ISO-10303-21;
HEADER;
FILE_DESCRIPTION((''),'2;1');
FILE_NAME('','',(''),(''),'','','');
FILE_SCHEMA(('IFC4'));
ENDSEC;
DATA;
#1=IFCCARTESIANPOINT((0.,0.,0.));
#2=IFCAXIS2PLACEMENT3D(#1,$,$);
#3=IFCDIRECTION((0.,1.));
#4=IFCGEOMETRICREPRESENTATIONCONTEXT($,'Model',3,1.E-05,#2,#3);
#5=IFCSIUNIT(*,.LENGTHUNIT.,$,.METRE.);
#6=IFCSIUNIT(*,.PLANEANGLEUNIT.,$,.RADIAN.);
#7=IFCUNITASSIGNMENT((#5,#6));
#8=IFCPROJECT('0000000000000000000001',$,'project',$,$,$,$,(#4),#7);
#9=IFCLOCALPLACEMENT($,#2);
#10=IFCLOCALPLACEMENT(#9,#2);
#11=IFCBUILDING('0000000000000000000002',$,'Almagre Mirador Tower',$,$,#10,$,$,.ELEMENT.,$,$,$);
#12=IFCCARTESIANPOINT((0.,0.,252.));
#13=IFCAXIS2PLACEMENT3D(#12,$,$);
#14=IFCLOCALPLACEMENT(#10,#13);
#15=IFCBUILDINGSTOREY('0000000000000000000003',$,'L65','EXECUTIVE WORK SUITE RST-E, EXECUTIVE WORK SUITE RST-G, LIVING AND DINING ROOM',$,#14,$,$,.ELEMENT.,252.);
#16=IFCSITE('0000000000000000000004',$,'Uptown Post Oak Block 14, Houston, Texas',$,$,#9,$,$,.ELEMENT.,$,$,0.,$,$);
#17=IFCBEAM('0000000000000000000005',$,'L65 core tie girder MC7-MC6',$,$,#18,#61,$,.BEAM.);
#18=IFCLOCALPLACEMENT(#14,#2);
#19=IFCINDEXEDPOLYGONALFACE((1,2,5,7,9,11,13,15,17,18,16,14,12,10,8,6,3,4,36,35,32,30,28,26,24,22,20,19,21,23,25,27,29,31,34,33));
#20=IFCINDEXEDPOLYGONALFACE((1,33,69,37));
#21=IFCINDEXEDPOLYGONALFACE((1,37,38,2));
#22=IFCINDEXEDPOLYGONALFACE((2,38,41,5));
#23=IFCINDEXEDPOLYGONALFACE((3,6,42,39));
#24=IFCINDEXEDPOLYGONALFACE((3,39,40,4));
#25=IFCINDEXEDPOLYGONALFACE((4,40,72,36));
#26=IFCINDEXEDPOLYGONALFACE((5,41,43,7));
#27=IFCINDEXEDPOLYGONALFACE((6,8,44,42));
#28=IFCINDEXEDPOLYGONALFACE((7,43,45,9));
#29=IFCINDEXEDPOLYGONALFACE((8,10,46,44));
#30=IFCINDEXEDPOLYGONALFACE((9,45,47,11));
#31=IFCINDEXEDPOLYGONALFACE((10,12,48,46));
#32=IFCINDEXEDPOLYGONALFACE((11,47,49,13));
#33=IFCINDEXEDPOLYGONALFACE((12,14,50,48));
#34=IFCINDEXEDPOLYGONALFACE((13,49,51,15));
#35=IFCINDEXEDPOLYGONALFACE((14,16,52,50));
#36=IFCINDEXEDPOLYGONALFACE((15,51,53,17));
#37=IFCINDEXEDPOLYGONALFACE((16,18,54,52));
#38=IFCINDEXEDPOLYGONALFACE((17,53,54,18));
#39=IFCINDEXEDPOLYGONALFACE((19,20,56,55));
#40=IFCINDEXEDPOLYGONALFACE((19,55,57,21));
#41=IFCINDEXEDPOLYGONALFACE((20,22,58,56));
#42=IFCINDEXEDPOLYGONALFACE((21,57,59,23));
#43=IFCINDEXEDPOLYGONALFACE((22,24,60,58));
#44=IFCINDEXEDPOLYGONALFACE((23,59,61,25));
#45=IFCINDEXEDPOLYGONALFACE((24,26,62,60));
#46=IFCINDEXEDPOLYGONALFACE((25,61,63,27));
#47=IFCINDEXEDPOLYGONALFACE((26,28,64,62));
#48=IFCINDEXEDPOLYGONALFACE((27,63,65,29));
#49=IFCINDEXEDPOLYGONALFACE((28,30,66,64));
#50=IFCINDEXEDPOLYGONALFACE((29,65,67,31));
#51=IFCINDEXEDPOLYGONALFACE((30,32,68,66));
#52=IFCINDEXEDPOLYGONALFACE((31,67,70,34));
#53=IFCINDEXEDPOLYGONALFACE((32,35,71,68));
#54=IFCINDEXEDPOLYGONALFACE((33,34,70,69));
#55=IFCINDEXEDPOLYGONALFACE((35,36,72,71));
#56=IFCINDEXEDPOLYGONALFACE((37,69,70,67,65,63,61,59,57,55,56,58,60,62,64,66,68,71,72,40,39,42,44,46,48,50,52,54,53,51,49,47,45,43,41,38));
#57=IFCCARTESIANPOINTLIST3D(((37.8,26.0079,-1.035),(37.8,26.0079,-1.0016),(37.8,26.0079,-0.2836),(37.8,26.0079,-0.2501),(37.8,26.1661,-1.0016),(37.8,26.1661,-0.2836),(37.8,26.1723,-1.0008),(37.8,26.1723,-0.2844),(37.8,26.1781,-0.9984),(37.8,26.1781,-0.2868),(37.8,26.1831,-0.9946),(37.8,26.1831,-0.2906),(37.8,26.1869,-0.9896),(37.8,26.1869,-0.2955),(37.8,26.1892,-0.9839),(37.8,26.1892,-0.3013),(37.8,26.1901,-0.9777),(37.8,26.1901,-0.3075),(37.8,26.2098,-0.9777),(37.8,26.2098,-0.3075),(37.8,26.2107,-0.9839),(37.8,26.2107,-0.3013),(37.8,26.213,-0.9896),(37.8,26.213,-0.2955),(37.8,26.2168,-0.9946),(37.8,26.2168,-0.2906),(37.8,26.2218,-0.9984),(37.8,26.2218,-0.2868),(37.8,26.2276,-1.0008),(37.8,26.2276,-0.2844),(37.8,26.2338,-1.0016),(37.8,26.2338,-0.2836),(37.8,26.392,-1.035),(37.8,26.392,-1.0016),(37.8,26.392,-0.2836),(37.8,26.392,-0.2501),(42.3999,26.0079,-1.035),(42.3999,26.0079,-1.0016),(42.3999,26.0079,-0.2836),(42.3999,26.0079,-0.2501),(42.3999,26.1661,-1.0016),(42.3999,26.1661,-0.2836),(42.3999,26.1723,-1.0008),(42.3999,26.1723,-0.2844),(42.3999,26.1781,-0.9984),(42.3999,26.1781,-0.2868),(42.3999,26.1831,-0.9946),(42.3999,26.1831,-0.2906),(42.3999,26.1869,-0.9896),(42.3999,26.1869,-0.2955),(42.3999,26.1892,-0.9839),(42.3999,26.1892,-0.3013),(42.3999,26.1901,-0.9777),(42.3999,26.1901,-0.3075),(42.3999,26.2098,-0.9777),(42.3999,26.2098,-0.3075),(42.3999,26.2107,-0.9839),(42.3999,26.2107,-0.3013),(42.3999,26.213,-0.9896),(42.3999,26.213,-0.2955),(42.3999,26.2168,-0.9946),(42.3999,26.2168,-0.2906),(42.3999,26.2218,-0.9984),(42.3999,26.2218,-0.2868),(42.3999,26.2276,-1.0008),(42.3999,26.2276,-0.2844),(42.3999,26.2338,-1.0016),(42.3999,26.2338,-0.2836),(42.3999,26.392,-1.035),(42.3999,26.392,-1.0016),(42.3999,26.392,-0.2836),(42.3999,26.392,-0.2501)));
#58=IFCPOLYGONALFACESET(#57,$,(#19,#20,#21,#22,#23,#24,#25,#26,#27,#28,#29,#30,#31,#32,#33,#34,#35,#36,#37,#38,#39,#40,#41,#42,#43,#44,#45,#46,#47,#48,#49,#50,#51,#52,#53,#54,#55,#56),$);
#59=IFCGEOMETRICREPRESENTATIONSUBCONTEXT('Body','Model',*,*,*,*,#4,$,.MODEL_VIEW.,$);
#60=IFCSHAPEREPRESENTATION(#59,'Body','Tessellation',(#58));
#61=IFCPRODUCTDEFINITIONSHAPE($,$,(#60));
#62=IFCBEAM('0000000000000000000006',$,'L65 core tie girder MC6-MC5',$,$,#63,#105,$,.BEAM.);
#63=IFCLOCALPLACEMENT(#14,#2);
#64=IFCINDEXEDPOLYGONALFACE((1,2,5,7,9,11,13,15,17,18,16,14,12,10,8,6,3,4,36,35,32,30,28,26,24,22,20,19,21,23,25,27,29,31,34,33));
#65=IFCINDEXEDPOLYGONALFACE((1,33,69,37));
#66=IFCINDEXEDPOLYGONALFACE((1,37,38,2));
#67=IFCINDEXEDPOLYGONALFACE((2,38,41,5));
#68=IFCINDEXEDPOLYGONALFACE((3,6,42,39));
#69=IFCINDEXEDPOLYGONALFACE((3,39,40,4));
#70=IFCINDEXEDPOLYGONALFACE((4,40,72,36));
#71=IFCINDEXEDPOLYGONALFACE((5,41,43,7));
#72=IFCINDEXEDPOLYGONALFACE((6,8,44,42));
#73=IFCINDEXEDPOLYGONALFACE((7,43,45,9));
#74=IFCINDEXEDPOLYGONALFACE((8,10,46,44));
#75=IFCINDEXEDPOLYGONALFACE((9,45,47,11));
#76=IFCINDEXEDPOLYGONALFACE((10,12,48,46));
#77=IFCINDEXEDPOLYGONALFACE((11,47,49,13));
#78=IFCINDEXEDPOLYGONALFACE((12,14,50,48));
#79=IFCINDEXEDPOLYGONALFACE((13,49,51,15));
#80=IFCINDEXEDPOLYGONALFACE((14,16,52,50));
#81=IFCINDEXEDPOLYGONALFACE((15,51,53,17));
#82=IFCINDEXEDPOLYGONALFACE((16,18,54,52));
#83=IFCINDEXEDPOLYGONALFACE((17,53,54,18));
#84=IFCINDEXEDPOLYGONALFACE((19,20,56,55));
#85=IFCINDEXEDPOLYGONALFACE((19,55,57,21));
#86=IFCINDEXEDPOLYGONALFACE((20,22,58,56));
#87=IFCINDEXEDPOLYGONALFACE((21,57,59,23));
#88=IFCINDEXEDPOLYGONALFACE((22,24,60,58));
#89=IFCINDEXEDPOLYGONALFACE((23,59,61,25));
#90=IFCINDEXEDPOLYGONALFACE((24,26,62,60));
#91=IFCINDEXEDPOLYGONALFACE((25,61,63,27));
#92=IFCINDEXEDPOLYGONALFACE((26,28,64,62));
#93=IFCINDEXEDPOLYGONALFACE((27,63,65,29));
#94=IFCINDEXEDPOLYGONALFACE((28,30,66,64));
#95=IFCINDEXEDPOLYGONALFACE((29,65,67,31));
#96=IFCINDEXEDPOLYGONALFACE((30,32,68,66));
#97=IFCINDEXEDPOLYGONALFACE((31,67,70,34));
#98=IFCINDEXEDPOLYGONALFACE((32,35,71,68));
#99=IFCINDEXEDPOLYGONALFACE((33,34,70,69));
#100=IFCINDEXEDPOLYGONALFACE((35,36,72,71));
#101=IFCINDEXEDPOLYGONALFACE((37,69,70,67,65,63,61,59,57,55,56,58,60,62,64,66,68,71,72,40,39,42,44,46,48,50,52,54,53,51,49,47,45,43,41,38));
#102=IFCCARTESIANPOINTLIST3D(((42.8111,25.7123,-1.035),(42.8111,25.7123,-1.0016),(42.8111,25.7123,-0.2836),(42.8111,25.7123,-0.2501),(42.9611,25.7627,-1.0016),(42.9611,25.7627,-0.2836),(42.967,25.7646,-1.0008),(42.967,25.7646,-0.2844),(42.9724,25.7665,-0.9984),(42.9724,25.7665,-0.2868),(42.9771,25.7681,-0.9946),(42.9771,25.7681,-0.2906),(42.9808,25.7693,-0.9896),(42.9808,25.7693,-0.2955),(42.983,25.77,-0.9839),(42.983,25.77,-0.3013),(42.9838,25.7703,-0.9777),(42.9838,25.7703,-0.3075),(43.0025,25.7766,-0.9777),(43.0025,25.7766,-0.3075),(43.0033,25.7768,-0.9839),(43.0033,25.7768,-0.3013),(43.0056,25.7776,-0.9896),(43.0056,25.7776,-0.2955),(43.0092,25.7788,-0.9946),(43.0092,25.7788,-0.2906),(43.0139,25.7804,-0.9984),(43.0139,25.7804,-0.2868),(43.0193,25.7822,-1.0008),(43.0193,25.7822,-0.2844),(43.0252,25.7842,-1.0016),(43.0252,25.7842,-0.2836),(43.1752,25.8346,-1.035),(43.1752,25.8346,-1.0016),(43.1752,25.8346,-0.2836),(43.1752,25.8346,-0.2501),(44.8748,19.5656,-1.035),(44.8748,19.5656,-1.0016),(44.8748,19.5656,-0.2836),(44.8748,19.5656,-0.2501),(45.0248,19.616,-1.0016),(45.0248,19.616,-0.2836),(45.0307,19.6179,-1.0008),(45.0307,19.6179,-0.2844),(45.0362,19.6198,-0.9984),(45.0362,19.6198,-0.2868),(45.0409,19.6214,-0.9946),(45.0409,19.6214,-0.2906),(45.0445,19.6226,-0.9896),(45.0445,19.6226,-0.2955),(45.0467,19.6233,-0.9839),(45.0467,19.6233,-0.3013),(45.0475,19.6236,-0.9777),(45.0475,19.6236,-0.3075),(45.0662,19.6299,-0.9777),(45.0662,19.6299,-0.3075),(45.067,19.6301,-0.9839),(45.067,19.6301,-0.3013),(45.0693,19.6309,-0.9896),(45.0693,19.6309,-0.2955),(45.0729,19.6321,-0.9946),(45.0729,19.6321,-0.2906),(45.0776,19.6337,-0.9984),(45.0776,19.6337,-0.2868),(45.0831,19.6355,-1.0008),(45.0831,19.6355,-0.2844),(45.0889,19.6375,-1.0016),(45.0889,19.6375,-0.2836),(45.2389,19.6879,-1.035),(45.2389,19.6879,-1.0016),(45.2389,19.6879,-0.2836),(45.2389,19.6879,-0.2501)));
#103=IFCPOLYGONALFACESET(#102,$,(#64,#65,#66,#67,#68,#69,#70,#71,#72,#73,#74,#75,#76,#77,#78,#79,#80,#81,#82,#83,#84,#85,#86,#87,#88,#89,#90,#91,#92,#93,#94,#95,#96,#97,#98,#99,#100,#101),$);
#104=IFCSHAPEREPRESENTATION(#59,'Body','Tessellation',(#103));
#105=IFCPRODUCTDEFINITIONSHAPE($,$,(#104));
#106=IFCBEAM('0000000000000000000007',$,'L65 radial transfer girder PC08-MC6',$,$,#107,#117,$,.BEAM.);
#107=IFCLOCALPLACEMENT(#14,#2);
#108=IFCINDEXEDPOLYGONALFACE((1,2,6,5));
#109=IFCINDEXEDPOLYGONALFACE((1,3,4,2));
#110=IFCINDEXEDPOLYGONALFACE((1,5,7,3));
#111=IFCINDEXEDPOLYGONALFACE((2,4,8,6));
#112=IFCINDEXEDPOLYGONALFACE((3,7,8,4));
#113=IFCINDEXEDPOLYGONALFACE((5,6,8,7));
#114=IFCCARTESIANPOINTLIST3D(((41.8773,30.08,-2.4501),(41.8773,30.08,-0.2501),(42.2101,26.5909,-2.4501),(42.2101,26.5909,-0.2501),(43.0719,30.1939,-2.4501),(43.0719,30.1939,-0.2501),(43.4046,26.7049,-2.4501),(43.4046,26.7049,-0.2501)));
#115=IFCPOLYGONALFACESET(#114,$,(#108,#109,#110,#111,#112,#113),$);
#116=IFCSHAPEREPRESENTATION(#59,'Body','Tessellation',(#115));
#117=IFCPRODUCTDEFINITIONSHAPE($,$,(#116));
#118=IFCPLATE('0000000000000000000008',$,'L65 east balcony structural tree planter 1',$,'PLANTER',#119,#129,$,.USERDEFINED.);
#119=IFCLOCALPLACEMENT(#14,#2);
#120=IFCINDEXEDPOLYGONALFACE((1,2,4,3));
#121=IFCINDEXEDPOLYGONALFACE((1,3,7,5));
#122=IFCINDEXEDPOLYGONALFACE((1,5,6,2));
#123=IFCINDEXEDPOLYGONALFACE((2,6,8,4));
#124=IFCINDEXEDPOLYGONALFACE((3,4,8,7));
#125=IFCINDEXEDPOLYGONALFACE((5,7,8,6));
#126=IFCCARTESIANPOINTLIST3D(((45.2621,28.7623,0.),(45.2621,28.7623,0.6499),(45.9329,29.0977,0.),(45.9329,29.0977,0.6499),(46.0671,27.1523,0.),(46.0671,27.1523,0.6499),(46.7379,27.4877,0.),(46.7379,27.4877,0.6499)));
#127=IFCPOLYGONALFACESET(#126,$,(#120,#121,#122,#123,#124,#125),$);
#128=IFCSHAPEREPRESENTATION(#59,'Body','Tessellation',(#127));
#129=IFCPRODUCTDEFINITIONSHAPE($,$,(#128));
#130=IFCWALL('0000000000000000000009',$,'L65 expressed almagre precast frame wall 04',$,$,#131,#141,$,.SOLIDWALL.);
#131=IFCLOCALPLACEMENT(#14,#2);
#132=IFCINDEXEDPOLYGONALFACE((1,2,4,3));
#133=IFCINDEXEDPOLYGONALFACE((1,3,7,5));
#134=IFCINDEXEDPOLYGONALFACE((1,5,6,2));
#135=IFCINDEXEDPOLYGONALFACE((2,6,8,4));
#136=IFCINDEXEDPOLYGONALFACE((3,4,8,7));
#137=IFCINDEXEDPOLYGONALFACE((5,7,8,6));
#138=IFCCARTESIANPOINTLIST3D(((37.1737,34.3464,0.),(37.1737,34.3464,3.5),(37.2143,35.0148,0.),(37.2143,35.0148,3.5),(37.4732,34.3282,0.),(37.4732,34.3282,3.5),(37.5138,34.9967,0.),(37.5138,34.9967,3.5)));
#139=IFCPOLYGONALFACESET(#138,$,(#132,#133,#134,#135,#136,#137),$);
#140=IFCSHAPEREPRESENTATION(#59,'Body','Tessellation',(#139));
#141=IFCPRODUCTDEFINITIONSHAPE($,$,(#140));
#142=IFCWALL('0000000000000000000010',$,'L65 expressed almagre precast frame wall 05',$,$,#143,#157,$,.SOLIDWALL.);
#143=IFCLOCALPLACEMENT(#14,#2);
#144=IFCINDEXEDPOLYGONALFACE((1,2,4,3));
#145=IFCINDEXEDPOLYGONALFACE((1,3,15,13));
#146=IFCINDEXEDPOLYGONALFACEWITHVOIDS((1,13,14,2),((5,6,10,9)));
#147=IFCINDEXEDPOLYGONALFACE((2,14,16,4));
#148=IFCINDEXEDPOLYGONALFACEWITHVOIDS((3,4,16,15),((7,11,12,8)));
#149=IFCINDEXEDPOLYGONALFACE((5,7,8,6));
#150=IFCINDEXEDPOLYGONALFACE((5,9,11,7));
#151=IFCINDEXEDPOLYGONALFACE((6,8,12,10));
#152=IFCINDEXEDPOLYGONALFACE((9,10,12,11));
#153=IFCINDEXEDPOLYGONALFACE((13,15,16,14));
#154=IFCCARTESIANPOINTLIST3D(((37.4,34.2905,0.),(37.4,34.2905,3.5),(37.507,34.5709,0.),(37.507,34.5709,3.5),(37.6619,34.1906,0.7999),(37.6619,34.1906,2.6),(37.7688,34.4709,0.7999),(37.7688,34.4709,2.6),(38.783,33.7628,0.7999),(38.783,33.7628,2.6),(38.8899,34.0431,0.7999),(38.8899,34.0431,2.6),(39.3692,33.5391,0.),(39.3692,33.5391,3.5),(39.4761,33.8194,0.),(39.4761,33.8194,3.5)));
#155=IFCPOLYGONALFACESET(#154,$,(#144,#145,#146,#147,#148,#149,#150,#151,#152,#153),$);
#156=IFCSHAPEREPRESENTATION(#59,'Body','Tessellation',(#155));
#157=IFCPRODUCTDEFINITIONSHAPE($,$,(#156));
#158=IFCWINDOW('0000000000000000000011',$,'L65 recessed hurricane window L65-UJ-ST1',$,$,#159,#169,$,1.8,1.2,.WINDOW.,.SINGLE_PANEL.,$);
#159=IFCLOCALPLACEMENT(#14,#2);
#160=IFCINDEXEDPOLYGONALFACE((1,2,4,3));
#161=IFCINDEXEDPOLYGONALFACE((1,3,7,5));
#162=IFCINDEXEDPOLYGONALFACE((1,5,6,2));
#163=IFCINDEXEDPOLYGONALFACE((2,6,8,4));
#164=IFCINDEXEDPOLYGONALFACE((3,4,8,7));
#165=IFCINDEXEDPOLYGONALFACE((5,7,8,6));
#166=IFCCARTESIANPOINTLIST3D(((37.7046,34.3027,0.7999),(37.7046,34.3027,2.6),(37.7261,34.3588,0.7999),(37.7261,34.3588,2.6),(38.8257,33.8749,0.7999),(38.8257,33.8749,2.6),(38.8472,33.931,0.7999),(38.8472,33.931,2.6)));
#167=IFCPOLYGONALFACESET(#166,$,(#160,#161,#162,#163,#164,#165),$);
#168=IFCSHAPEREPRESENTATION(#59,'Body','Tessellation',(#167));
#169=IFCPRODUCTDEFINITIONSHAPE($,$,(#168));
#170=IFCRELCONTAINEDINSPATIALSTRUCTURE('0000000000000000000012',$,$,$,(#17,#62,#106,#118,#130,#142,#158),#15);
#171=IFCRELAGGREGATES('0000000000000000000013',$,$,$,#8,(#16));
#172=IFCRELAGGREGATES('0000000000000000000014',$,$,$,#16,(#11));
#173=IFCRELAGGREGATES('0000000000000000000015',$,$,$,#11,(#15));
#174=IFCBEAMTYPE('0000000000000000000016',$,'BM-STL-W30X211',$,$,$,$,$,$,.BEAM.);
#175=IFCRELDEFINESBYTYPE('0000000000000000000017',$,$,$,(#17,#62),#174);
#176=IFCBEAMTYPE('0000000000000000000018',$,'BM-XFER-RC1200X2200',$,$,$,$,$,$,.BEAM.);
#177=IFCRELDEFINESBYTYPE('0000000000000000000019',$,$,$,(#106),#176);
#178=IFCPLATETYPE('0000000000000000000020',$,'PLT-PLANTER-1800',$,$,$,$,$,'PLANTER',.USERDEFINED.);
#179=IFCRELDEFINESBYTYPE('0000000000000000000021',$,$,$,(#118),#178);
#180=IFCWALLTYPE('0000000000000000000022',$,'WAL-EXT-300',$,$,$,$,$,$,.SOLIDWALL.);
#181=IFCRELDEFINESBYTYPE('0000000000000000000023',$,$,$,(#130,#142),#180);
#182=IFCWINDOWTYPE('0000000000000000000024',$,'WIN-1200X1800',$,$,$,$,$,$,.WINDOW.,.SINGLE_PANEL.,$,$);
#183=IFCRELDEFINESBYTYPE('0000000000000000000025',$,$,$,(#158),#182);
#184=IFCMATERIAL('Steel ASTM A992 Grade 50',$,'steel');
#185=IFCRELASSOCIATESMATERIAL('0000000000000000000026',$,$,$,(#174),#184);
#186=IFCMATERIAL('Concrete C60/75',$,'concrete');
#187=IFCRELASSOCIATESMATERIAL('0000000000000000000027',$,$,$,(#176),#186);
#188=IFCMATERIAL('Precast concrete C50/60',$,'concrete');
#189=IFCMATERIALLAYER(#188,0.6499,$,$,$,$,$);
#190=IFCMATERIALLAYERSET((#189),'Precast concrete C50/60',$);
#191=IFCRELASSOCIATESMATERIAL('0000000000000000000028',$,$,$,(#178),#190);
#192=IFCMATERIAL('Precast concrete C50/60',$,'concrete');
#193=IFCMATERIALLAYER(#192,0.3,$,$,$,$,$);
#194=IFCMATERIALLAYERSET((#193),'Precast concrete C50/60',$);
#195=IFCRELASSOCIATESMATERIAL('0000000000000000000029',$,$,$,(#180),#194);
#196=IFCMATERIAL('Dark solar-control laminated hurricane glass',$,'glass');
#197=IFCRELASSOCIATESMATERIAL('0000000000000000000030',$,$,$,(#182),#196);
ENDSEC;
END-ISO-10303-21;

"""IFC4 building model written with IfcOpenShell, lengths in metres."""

from ifc_helpers import new_model, si_unit, direction, frame, frame_2d, origin, origin_2d, place, context, subcontext, project, spatial, rectangle, i_section, extrude, material, layer, layer_set, material_profile, profile_set, type_object, element, fill, save


model = new_model("IFC4")

# Units and contexts
model_context = context("Model", 3, precision=1e-05, world=origin(), true_north=direction((0.0, 1.0)))
body_context = subcontext(model_context, "Body", "Model", "MODEL_VIEW")
ifc_project = project(units=[si_unit("LENGTHUNIT", "METRE"), si_unit("PLANEANGLEUNIT", "RADIAN")], contexts=[model_context])

# Site, building, storey
site_placement = place(None, origin())
site = spatial("IfcSite", under=ifc_project, at=site_placement, Name="Uptown Post Oak Block 14, Houston, Texas", CompositionType="ELEMENT", RefElevation=0.0)
building_placement = place(site_placement, origin())
building = spatial("IfcBuilding", under=site, at=building_placement, Name="Almagre Mirador Tower", CompositionType="ELEMENT")
storey_placement = place(building_placement, frame((0.0, 0.0, 252.0)))
storey = spatial("IfcBuildingStorey", under=building, at=storey_placement, Name="L65", Description="EXECUTIVE WORK SUITE RST-E, EXECUTIVE WORK SUITE RST-G, LIVING AND DINING ROOM", CompositionType="ELEMENT", Elevation=252.0)

# Beams
ifc_material_1 = material(Name="Steel ASTM A992 Grade 50", Category="steel")
ifc_material_profile_1 = material_profile(ifc_material_1, i_section(OverallWidth=0.384, OverallDepth=0.7849, WebThickness=0.0198, FlangeThickness=0.0334, FilletRadius=0.0239, at=origin_2d()), Name="W30X211")
ifc_profile_set_1 = profile_set([ifc_material_profile_1], Name="Steel ASTM A992 Grade 50")
beam_type_1 = type_object("IfcBeamType", Name="BM-STL-W30X211", PredefinedType="BEAM", material=ifc_profile_set_1)
beam_1_placement = place(storey_placement, frame((37.8, 26.2, -0.6426), z_axis=(1.0, 0.0, 0.0), x_axis=(0.0, 1.0, 0.0)))
element("IfcBeam", 1, at=beam_1_placement, inside=storey, type_object=beam_type_1, Name="L65 core tie girder MC7-MC6", PredefinedType="BEAM", context=body_context, shape_type="SweptSolid", body=[
    extrude(i_section(OverallWidth=0.384, OverallDepth=0.7849, WebThickness=0.0198, FlangeThickness=0.0334, FilletRadius=0.0239, at=origin_2d()), origin(), (0.0, 0.0, 1.0), 4.5999),
])
beam_2_placement = place(storey_placement, frame((42.9932, 25.7734, -0.6426), z_axis=(0.318283, -0.947996, 0.0), x_axis=(0.947996, 0.318283, 0.0)))
element("IfcBeam", 2, at=beam_2_placement, inside=storey, type_object=beam_type_1, Name="L65 core tie girder MC6-MC5", PredefinedType="BEAM", context=body_context, shape_type="SweptSolid", body=[
    extrude(i_section(OverallWidth=0.384, OverallDepth=0.7849, WebThickness=0.0198, FlangeThickness=0.0334, FilletRadius=0.0239, at=origin_2d()), origin(), (0.0, 0.0, 1.0), 6.4839),
])
ifc_material_2 = material(Name="Concrete C60/75", Category="concrete")
ifc_material_profile_2 = material_profile(ifc_material_2, rectangle(XDim=1.2, YDim=2.2, at=origin_2d()), Name="RC1200X2200")
ifc_profile_set_2 = profile_set([ifc_material_profile_2], Name="Concrete C60/75")
beam_type_2 = type_object("IfcBeamType", Name="BM-XFER-RC1200X2200", PredefinedType="BEAM", material=ifc_profile_set_2)
beam_3_placement = place(storey_placement, frame((42.4746, 30.137, -1.3501), z_axis=(0.094944, -0.995483, 0.0), x_axis=(0.995483, 0.094944, 0.0)))
element("IfcBeam", 3, at=beam_3_placement, inside=storey, type_object=beam_type_2, Name="L65 radial transfer girder PC08-MC6", PredefinedType="BEAM", context=body_context, shape_type="SweptSolid", body=[
    extrude(rectangle(XDim=1.2, YDim=2.2, at=origin_2d()), origin(), (0.0, 0.0, 1.0), 3.5049),
])

# Plate
ifc_material_3 = material(Name="Precast concrete C50/60", Category="concrete")
ifc_layer_1 = layer(ifc_material_3, 0.6499)
ifc_layer_set_1 = layer_set([ifc_layer_1], Name="Precast concrete C50/60")
plate_type = type_object("IfcPlateType", Name="PLT-PLANTER-1800", ElementType="PLANTER", PredefinedType="USERDEFINED", material=ifc_layer_set_1)
plate_placement = place(storey_placement, frame((46.0, 28.125, 0.0), z_axis=(0.0, 0.0, 1.0), x_axis=(-0.447213, 0.894428, 0.0)))
element("IfcPlate", 4, at=plate_placement, inside=storey, type_object=plate_type, Name="L65 east balcony structural tree planter 1", ObjectType="PLANTER", PredefinedType="USERDEFINED", context=body_context, shape_type="SweptSolid", body=[
    extrude(rectangle(XDim=1.8, YDim=0.75, at=origin_2d()), origin(), (0.0, 0.0, 1.0), 0.6499),
])

# Wall
ifc_material_4 = material(Name="Precast concrete C50/60", Category="concrete")
ifc_layer_2 = layer(ifc_material_4, 0.3)
ifc_layer_set_2 = layer_set([ifc_layer_2], Name="Precast concrete C50/60")
wall_type_1 = type_object("IfcWallType", Name="WAL-EXT-300", PredefinedType="SOLIDWALL", material=ifc_layer_set_2)
wall_1_placement = place(storey_placement, frame((37.364, 35.0059, 0.0), z_axis=(0.0, 0.0, 1.0), x_axis=(-0.060517, -0.998167, 0.0)))
element("IfcWall", 5, at=wall_1_placement, inside=storey, type_object=wall_type_1, Name="L65 expressed almagre precast frame wall 04", PredefinedType="SOLIDWALL", context=body_context, shape_type="SweptSolid", body=[
    extrude(rectangle(XDim=0.6697, YDim=0.3, at=frame_2d((0.335, 0.0))), origin(), (0.0, 0.0, 1.0), 3.5),
])

# Wall, opening, window
wall_2_placement = place(storey_placement, frame((37.4536, 34.4307, 0.0), z_axis=(0.0, 0.0, 1.0), x_axis=(0.934286, -0.356525, 0.0)))
wall_2 = element("IfcWall", 6, at=wall_2_placement, inside=storey, type_object=wall_type_1, Name="L65 expressed almagre precast frame wall 05", PredefinedType="SOLIDWALL", context=body_context, shape_type="SweptSolid", body=[
    extrude(rectangle(XDim=2.1077, YDim=0.3, at=frame_2d((1.0537, 0.0))), origin(), (0.0, 0.0, 1.0), 3.5),
])
opening_1_placement = place(wall_2_placement, frame((0.28, 0.0, 0.8)))
opening_1 = element("IfcOpeningElement", 7, at=opening_1_placement, cuts=wall_2, PredefinedType="OPENING", context=body_context, shape_type="SweptSolid", body=[
    extrude(rectangle(XDim=1.2, YDim=1.8, at=frame_2d((0.6001, 0.8999))), frame((0.0, 0.1599, 0.0), z_axis=(0.0, -1.0, 0.0), x_axis=(1.0, 0.0, 0.0)), (0.0, 0.0, 1.0), 0.32),
])
ifc_material_5 = material(Name="Dark solar-control laminated hurricane glass", Category="glass")
window_type_1 = type_object("IfcWindowType", Name="WIN-1200X1800", PartitioningType="SINGLE_PANEL", PredefinedType="WINDOW", material=ifc_material_5)
window_1_placement = place(opening_1_placement, origin())
window_1 = element("IfcWindow", 8, at=window_1_placement, inside=storey, type_object=window_type_1, Name="L65 recessed hurricane window L65-UJ-ST1", OverallHeight=1.8, OverallWidth=1.2, PartitioningType="SINGLE_PANEL", PredefinedType="WINDOW", context=body_context, shape_type="SweptSolid", body=[
    extrude(rectangle(XDim=1.2, YDim=1.8, at=frame_2d((0.6001, 0.8999))), frame((0.0, 0.03, 0.0), z_axis=(0.0, -1.0, 0.0), x_axis=(1.0, 0.0, 0.0)), (0.0, 0.0, 1.0), 0.0601),
])
fill(opening_1, window_1)

save(model, "model.ifc")
